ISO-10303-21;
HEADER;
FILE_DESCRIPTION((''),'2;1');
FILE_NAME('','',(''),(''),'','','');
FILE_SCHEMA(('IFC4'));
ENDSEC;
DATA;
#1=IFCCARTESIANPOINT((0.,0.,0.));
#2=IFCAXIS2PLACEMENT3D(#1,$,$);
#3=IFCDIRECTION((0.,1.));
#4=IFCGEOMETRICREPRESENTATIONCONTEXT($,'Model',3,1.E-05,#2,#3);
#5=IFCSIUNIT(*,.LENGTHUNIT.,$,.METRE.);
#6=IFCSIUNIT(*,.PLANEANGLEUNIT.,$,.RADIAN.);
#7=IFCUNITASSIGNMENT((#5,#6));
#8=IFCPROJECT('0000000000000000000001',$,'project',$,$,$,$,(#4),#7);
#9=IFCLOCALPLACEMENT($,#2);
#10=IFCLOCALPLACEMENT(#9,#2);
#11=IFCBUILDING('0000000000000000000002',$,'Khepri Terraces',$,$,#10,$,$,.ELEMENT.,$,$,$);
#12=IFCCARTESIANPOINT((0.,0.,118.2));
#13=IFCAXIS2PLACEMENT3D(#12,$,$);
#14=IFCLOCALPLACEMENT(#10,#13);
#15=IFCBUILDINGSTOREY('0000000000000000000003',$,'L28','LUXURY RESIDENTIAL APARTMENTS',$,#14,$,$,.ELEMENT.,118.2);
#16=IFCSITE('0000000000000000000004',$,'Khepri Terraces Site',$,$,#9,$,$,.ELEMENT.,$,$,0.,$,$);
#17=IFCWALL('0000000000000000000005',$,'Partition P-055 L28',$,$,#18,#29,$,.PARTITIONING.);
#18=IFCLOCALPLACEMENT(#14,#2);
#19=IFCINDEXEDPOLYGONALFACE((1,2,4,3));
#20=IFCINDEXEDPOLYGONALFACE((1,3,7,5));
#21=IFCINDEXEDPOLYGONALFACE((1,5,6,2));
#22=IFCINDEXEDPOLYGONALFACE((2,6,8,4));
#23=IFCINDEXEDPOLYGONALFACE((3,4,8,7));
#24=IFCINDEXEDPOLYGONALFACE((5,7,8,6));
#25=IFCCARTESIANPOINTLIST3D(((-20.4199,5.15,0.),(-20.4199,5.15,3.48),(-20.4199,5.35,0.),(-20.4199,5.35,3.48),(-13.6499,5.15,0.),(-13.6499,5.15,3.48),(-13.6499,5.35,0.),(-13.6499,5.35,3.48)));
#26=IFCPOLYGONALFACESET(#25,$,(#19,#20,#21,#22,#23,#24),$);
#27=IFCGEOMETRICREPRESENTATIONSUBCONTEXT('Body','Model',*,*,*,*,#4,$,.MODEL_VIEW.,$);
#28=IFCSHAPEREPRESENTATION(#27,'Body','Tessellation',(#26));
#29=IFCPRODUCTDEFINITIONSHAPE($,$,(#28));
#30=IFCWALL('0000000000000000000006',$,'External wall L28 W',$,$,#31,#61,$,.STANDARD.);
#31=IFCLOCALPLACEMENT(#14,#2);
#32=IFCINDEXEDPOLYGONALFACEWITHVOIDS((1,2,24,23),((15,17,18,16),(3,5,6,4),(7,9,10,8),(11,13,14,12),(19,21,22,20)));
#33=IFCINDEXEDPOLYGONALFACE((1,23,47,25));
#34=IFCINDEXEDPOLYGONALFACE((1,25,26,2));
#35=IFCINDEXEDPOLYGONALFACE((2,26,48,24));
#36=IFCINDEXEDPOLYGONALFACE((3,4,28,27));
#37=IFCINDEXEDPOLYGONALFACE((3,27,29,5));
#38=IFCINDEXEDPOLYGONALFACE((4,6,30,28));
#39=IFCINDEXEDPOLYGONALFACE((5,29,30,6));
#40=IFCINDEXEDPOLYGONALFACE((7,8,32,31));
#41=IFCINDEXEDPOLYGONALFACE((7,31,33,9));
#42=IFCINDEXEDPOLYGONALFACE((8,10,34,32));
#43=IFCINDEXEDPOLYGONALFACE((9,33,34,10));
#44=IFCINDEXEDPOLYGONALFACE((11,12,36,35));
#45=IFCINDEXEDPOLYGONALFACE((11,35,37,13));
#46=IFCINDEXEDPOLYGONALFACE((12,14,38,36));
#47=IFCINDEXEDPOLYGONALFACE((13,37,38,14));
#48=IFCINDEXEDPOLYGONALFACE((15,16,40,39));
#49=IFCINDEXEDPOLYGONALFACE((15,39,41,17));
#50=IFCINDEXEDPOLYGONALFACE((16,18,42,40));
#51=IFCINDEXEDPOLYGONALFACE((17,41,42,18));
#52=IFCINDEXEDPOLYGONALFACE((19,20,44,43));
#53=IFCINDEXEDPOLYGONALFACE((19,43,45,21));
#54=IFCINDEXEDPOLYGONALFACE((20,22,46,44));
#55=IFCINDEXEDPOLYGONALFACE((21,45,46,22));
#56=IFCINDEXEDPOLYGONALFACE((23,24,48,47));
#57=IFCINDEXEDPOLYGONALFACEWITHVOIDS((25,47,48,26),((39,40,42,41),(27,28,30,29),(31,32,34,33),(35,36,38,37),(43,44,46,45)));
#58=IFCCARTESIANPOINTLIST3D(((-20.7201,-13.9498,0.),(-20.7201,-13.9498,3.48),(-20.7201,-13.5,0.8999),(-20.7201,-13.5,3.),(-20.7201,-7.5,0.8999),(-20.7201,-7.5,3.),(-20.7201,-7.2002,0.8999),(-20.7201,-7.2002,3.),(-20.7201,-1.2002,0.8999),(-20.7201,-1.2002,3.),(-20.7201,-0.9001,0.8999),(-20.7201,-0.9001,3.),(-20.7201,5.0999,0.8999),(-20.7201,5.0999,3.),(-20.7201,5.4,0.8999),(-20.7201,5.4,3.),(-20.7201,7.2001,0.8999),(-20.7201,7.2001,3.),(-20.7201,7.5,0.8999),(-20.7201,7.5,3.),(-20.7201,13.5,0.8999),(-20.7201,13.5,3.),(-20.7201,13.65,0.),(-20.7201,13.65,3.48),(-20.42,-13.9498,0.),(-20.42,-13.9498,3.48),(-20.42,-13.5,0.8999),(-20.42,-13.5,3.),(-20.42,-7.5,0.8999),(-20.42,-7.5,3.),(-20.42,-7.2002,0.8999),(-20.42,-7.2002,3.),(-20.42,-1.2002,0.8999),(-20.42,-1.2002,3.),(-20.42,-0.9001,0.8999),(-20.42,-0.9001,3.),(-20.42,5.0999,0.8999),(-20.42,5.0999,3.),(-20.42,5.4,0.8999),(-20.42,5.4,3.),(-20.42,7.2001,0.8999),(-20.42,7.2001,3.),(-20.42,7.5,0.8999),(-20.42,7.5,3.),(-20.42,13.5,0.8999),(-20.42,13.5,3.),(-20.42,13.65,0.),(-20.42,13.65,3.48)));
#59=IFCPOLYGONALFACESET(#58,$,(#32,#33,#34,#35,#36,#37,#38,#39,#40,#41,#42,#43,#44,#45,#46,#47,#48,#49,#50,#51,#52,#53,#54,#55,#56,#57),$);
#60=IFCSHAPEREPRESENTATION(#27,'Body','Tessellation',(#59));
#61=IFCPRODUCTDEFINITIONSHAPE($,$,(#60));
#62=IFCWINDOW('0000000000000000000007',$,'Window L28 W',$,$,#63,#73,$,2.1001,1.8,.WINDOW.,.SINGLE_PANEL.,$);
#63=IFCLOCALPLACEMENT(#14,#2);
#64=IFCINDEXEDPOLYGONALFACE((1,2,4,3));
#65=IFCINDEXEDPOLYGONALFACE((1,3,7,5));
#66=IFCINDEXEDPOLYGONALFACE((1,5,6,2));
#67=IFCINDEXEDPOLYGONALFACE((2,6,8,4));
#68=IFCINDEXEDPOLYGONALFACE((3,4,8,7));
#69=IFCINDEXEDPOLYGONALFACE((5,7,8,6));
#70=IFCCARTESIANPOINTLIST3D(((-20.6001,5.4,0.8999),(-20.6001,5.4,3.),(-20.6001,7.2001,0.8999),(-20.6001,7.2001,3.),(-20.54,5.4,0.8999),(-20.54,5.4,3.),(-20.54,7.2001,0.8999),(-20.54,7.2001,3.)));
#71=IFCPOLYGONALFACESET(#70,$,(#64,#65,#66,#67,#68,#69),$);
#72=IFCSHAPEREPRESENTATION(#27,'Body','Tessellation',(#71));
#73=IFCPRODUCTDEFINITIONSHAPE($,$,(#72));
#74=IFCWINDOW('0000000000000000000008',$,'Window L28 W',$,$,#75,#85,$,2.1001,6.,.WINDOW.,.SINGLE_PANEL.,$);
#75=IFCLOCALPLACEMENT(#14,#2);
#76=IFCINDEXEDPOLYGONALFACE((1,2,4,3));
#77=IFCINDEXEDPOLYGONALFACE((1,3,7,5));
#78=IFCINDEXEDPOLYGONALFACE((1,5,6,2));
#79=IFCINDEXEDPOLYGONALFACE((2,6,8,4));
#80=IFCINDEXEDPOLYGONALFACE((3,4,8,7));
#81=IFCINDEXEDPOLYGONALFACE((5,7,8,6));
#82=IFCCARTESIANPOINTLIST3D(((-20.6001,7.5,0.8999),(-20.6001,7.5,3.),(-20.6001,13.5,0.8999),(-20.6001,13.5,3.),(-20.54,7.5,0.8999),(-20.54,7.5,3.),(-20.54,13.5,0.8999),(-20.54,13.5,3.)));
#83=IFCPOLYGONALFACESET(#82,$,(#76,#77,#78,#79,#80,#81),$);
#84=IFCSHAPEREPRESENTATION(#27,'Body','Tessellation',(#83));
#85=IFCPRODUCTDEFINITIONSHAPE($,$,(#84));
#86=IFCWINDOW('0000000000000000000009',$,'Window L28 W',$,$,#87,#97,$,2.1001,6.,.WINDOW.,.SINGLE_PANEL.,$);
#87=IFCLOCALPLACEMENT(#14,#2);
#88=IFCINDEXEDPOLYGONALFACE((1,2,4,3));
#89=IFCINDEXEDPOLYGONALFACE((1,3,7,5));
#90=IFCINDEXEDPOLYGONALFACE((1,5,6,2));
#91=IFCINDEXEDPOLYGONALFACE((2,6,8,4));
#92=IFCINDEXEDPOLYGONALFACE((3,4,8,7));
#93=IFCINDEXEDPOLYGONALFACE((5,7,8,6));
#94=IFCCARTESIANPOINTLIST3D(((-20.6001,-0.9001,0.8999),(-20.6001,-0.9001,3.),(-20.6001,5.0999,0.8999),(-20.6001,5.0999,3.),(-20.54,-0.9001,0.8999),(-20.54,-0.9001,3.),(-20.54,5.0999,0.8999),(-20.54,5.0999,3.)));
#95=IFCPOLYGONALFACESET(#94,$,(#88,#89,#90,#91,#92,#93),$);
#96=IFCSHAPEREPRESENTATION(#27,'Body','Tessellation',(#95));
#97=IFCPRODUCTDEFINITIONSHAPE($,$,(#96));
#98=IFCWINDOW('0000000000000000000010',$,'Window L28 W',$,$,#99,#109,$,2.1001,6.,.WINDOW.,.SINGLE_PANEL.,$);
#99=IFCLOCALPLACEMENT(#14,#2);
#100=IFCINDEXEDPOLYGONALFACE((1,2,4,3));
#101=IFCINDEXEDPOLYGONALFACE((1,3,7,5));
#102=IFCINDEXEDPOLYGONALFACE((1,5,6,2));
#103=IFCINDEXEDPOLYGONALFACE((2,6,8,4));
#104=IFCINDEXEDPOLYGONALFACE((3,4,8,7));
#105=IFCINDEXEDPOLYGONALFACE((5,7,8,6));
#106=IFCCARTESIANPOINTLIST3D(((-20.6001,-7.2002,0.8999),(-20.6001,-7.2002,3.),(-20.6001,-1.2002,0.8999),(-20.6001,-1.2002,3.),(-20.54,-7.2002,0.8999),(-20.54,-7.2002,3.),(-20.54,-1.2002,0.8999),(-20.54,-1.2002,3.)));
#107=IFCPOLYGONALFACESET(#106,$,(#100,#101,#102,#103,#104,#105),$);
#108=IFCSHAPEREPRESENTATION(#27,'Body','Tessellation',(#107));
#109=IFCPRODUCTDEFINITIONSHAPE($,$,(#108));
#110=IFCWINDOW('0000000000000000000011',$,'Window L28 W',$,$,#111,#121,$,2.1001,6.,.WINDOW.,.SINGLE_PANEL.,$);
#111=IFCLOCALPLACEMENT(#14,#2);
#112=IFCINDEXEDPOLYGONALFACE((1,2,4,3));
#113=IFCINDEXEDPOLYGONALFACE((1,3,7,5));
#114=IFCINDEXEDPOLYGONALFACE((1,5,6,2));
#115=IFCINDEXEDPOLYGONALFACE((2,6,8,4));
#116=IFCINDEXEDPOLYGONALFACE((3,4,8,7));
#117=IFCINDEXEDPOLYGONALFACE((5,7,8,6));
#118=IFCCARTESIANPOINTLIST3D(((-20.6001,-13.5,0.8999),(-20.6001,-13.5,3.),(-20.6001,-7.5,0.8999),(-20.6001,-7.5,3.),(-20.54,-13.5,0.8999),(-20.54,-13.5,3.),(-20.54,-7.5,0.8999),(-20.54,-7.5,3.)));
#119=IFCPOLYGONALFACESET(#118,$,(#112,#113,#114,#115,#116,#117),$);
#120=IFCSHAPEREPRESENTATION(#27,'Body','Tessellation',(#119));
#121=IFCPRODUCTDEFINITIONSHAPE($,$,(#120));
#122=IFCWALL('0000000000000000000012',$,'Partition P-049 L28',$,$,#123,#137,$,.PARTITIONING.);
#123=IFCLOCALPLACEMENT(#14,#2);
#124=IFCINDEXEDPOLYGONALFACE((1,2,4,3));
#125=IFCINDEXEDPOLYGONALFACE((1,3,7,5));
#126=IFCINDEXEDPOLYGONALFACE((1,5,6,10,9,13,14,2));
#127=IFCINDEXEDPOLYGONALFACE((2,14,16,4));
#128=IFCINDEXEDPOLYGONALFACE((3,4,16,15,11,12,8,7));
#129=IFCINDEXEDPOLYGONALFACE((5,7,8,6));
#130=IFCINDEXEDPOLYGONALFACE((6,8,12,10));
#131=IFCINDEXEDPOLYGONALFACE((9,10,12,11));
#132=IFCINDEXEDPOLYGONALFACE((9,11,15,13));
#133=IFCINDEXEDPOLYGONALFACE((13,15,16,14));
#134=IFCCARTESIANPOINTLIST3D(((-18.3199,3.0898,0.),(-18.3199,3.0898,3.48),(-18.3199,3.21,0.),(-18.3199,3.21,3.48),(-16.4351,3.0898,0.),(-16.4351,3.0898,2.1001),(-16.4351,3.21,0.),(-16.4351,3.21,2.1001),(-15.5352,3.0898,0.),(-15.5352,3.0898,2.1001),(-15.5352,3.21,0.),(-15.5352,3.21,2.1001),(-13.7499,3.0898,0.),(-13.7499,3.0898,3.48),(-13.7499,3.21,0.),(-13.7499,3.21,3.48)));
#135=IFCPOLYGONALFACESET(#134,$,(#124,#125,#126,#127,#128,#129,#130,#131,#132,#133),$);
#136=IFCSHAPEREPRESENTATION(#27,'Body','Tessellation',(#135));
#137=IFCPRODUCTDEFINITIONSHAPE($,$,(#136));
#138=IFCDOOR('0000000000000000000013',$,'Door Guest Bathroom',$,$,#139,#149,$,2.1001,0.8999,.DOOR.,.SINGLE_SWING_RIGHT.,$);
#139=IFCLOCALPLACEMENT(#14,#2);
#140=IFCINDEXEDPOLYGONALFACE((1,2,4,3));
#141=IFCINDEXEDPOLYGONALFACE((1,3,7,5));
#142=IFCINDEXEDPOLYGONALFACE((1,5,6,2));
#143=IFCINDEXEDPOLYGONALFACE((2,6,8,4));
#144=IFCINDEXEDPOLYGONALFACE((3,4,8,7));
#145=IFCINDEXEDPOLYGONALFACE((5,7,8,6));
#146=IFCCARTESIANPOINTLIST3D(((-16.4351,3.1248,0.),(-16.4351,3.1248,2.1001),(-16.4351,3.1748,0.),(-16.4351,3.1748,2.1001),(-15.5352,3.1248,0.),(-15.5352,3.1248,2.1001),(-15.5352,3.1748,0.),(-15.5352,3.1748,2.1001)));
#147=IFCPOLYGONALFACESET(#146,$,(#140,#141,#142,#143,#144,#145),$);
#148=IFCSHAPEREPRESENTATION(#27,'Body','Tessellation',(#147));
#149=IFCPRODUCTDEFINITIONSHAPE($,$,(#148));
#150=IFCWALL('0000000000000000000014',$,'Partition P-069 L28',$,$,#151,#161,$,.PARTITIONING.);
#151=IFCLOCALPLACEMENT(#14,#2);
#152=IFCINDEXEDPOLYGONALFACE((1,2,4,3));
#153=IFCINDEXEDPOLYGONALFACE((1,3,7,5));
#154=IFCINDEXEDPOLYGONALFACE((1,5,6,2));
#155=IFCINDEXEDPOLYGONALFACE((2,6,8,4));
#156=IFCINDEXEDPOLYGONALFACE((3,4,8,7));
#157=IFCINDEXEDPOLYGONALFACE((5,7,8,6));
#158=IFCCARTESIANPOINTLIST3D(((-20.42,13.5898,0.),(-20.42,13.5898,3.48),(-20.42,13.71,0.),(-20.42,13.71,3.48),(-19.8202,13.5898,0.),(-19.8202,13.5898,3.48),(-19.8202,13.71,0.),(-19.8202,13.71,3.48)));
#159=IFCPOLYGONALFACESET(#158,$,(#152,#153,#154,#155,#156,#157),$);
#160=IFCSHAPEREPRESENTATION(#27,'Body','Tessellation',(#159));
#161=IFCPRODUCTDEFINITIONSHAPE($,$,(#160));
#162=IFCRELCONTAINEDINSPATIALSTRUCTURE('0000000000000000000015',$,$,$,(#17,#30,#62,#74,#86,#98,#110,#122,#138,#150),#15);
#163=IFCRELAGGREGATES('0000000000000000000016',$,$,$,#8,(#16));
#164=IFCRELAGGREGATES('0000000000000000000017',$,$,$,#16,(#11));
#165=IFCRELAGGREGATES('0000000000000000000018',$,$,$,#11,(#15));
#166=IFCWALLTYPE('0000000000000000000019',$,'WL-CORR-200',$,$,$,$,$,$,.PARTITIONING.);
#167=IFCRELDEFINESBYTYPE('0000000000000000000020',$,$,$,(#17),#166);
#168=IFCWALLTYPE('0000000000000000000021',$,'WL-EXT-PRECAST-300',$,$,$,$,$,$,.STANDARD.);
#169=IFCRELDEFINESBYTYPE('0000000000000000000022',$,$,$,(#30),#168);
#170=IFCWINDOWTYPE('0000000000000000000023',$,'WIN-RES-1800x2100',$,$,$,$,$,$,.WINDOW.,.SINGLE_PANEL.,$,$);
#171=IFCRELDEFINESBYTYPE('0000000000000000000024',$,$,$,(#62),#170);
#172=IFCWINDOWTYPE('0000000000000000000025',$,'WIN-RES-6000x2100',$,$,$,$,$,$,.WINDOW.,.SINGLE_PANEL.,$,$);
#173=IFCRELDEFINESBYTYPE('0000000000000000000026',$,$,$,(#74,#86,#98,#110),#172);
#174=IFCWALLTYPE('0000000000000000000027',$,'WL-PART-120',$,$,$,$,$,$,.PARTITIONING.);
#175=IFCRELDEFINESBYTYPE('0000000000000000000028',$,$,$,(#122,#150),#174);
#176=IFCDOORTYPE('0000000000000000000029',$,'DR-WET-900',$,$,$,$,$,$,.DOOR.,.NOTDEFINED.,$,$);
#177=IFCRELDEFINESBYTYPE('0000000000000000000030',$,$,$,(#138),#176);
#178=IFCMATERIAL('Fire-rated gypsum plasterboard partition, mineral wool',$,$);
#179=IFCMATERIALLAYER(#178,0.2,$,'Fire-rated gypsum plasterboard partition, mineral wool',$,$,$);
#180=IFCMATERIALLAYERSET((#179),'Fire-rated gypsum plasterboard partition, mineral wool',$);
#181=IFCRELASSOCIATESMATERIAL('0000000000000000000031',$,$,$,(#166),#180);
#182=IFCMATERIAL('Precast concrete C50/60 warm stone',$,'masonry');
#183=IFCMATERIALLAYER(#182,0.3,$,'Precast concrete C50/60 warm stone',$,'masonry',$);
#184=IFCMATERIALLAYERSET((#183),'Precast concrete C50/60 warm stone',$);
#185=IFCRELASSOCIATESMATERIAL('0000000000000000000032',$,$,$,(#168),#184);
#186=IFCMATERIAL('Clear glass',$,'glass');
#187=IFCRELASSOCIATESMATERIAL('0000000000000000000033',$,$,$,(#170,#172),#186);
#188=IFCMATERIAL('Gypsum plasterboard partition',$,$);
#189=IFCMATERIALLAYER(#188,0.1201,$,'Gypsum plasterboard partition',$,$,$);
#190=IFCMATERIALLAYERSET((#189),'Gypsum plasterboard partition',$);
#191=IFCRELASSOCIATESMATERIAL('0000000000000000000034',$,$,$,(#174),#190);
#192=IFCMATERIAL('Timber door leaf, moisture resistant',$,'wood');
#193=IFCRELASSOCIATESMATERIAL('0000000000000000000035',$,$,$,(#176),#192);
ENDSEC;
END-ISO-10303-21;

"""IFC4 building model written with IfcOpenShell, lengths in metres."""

from ifc_helpers import new_model, si_unit, direction, frame, frame_2d, origin, place, context, subcontext, project, spatial, rectangle, extrude, material, layer, layer_set, type_object, element, fill, save


model = new_model("IFC4")

# Units and contexts
model_context = context("Model", 3, precision=1e-05, world=origin(), true_north=direction((0.0, 1.0)))
body_context = subcontext(model_context, "Body", "Model", "MODEL_VIEW")
ifc_project = project(units=[si_unit("LENGTHUNIT", "METRE"), si_unit("PLANEANGLEUNIT", "RADIAN")], contexts=[model_context])

# Site, building, storey
site_placement = place(None, origin())
site = spatial("IfcSite", under=ifc_project, at=site_placement, Name="Khepri Terraces Site", CompositionType="ELEMENT", RefElevation=0.0)
building_placement = place(site_placement, origin())
building = spatial("IfcBuilding", under=site, at=building_placement, Name="Khepri Terraces", CompositionType="ELEMENT")
storey_placement = place(building_placement, frame((0.0, 0.0, 118.2)))
storey = spatial("IfcBuildingStorey", under=building, at=storey_placement, Name="L28", Description="LUXURY RESIDENTIAL APARTMENTS", CompositionType="ELEMENT", Elevation=118.2)

# Wall
ifc_material_1 = material(Name="Fire-rated gypsum plasterboard partition, mineral wool")
ifc_layer_1 = layer(ifc_material_1, 0.2, Name="Fire-rated gypsum plasterboard partition, mineral wool")
ifc_layer_set_1 = layer_set([ifc_layer_1], Name="Fire-rated gypsum plasterboard partition, mineral wool")
wall_type_1 = type_object("IfcWallType", Name="WL-CORR-200", PredefinedType="PARTITIONING", material=ifc_layer_set_1)
wall_1_placement = place(storey_placement, frame((-20.4199, 5.25, 0.0), z_axis=(0.0, 0.0, 1.0), x_axis=(1.0, 0.0, 0.0)))
element("IfcWall", 1, at=wall_1_placement, inside=storey, type_object=wall_type_1, Name="Partition P-055 L28", PredefinedType="PARTITIONING", context=body_context, shape_type="SweptSolid", body=[
    extrude(rectangle(XDim=6.77, YDim=0.2, at=frame_2d((3.385, 0.0))), origin(), (0.0, 0.0, 1.0), 3.48),
])

# Shared definitions
ifc_material_2 = material(Name="Precast concrete C50/60 warm stone", Category="masonry")
ifc_layer_2 = layer(ifc_material_2, 0.3, Name="Precast concrete C50/60 warm stone", Category="masonry")
ifc_layer_set_2 = layer_set([ifc_layer_2], Name="Precast concrete C50/60 warm stone")
wall_type_2 = type_object("IfcWallType", Name="WL-EXT-PRECAST-300", PredefinedType="STANDARD", material=ifc_layer_set_2)

# Wall, openings, windows
wall_2_placement = place(storey_placement, frame((-20.5701, 13.6499, 0.0), z_axis=(0.0, 0.0, 1.0), x_axis=(0.0, -1.0, 0.0)))
wall_2 = element("IfcWall", 2, at=wall_2_placement, inside=storey, type_object=wall_type_2, Name="External wall L28 W", PredefinedType="STANDARD", context=body_context, shape_type="SweptSolid", body=[
    extrude(rectangle(XDim=27.5999, YDim=0.3, at=frame_2d((13.7998, 0.0))), origin(), (0.0, 0.0, 1.0), 3.48),
])
opening_1_placement = place(wall_2_placement, frame((0.1499, 0.0, 0.8999)))
opening_1 = element("IfcOpeningElement", 3, at=opening_1_placement, cuts=wall_2, PredefinedType="OPENING", context=body_context, shape_type="SweptSolid", body=[
    extrude(rectangle(XDim=6.0, YDim=2.1001, at=frame_2d((3.0, 1.05))), frame((0.0, 0.1602, 0.0), z_axis=(0.0, -1.0, 0.0), x_axis=(1.0, 0.0, 0.0)), (0.0, 0.0, 1.0), 0.3201),
])
opening_2_placement = place(wall_2_placement, frame((6.45, 0.0, 0.8999)))
opening_2 = element("IfcOpeningElement", 4, at=opening_2_placement, cuts=wall_2, PredefinedType="OPENING", context=body_context, shape_type="SweptSolid", body=[
    extrude(rectangle(XDim=1.8, YDim=2.1001, at=frame_2d((0.8999, 1.05))), frame((0.0, 0.1602, 0.0), z_axis=(0.0, -1.0, 0.0), x_axis=(1.0, 0.0, 0.0)), (0.0, 0.0, 1.0), 0.3201),
])
opening_3_placement = place(wall_2_placement, frame((8.55, 0.0, 0.8999)))
opening_3 = element("IfcOpeningElement", 5, at=opening_3_placement, cuts=wall_2, PredefinedType="OPENING", context=body_context, shape_type="SweptSolid", body=[
    extrude(rectangle(XDim=6.0, YDim=2.1001, at=frame_2d((3.0, 1.05))), frame((0.0, 0.1602, 0.0), z_axis=(0.0, -1.0, 0.0), x_axis=(1.0, 0.0, 0.0)), (0.0, 0.0, 1.0), 0.3201),
])
opening_4_placement = place(wall_2_placement, frame((14.8501, 0.0, 0.8999)))
opening_4 = element("IfcOpeningElement", 6, at=opening_4_placement, cuts=wall_2, PredefinedType="OPENING", context=body_context, shape_type="SweptSolid", body=[
    extrude(rectangle(XDim=6.0, YDim=2.1001, at=frame_2d((3.0, 1.05))), frame((0.0, 0.1602, 0.0), z_axis=(0.0, -1.0, 0.0), x_axis=(1.0, 0.0, 0.0)), (0.0, 0.0, 1.0), 0.3201),
])
opening_5_placement = place(wall_2_placement, frame((21.1499, 0.0, 0.8999)))
opening_5 = element("IfcOpeningElement", 7, at=opening_5_placement, cuts=wall_2, PredefinedType="OPENING", context=body_context, shape_type="SweptSolid", body=[
    extrude(rectangle(XDim=6.0, YDim=2.1001, at=frame_2d((3.0, 1.05))), frame((0.0, 0.1602, 0.0), z_axis=(0.0, -1.0, 0.0), x_axis=(1.0, 0.0, 0.0)), (0.0, 0.0, 1.0), 0.3201),
])
ifc_material_3 = material(Name="Clear glass", Category="glass")
window_type_1 = type_object("IfcWindowType", Name="WIN-RES-1800x2100", PartitioningType="SINGLE_PANEL", PredefinedType="WINDOW", material=ifc_material_3)
window_1_placement = place(opening_2_placement, origin())
window_1 = element("IfcWindow", 8, at=window_1_placement, inside=storey, type_object=window_type_1, Name="Window L28 W", OverallHeight=2.1001, OverallWidth=1.8, PartitioningType="SINGLE_PANEL", PredefinedType="WINDOW", context=body_context, shape_type="SweptSolid", body=[
    extrude(rectangle(XDim=1.8, YDim=2.1001, at=frame_2d((0.8999, 1.05))), frame((0.0, 0.03, 0.0), z_axis=(0.0, -1.0, 0.0), x_axis=(1.0, 0.0, 0.0)), (0.0, 0.0, 1.0), 0.0601),
])
fill(opening_2, window_1)
window_type_2 = type_object("IfcWindowType", Name="WIN-RES-6000x2100", PartitioningType="SINGLE_PANEL", PredefinedType="WINDOW", material=ifc_material_3)
window_2_placement = place(opening_1_placement, origin())
window_2 = element("IfcWindow", 9, at=window_2_placement, inside=storey, type_object=window_type_2, Name="Window L28 W", OverallHeight=2.1001, OverallWidth=6.0, PartitioningType="SINGLE_PANEL", PredefinedType="WINDOW", context=body_context, shape_type="SweptSolid", body=[
    extrude(rectangle(XDim=6.0, YDim=2.1001, at=frame_2d((3.0, 1.05))), frame((0.0, 0.03, 0.0), z_axis=(0.0, -1.0, 0.0), x_axis=(1.0, 0.0, 0.0)), (0.0, 0.0, 1.0), 0.0601),
])
fill(opening_1, window_2)
window_3_placement = place(opening_3_placement, origin())
window_3 = element("IfcWindow", 10, at=window_3_placement, inside=storey, type_object=window_type_2, Name="Window L28 W", OverallHeight=2.1001, OverallWidth=6.0, PartitioningType="SINGLE_PANEL", PredefinedType="WINDOW", context=body_context, shape_type="SweptSolid", body=[
    extrude(rectangle(XDim=6.0, YDim=2.1001, at=frame_2d((3.0, 1.05))), frame((0.0, 0.03, 0.0), z_axis=(0.0, -1.0, 0.0), x_axis=(1.0, 0.0, 0.0)), (0.0, 0.0, 1.0), 0.0601),
])
fill(opening_3, window_3)
window_4_placement = place(opening_4_placement, origin())
window_4 = element("IfcWindow", 11, at=window_4_placement, inside=storey, type_object=window_type_2, Name="Window L28 W", OverallHeight=2.1001, OverallWidth=6.0, PartitioningType="SINGLE_PANEL", PredefinedType="WINDOW", context=body_context, shape_type="SweptSolid", body=[
    extrude(rectangle(XDim=6.0, YDim=2.1001, at=frame_2d((3.0, 1.05))), frame((0.0, 0.03, 0.0), z_axis=(0.0, -1.0, 0.0), x_axis=(1.0, 0.0, 0.0)), (0.0, 0.0, 1.0), 0.0601),
])
fill(opening_4, window_4)
window_5_placement = place(opening_5_placement, origin())
window_5 = element("IfcWindow", 12, at=window_5_placement, inside=storey, type_object=window_type_2, Name="Window L28 W", OverallHeight=2.1001, OverallWidth=6.0, PartitioningType="SINGLE_PANEL", PredefinedType="WINDOW", context=body_context, shape_type="SweptSolid", body=[
    extrude(rectangle(XDim=6.0, YDim=2.1001, at=frame_2d((3.0, 1.05))), frame((0.0, 0.03, 0.0), z_axis=(0.0, -1.0, 0.0), x_axis=(1.0, 0.0, 0.0)), (0.0, 0.0, 1.0), 0.0601),
])
fill(opening_5, window_5)

# Wall, opening, door
ifc_material_4 = material(Name="Gypsum plasterboard partition")
ifc_layer_3 = layer(ifc_material_4, 0.1201, Name="Gypsum plasterboard partition")
ifc_layer_set_3 = layer_set([ifc_layer_3], Name="Gypsum plasterboard partition")
wall_type_3 = type_object("IfcWallType", Name="WL-PART-120", PredefinedType="PARTITIONING", material=ifc_layer_set_3)
wall_3_placement = place(storey_placement, frame((-18.3201, 3.1499, 0.0), z_axis=(0.0, 0.0, 1.0), x_axis=(1.0, 0.0, 0.0)))
wall_3 = element("IfcWall", 13, at=wall_3_placement, inside=storey, type_object=wall_type_3, Name="Partition P-049 L28", PredefinedType="PARTITIONING", context=body_context, shape_type="SweptSolid", body=[
    extrude(rectangle(XDim=4.5701, YDim=0.1201, at=frame_2d((2.2852, 0.0))), origin(), (0.0, 0.0, 1.0), 3.48),
])
opening_6_placement = place(wall_3_placement, frame((1.885, 0.0, 0.0)))
opening_6 = element("IfcOpeningElement", 14, at=opening_6_placement, cuts=wall_3, PredefinedType="OPENING", context=body_context, shape_type="SweptSolid", body=[
    extrude(rectangle(XDim=0.8999, YDim=2.1001, at=frame_2d((0.45, 1.05))), frame((0.0, 0.0701, 0.0), z_axis=(0.0, -1.0, 0.0), x_axis=(1.0, 0.0, 0.0)), (0.0, 0.0, 1.0), 0.1401),
])
ifc_material_5 = material(Name="Timber door leaf, moisture resistant", Category="wood")
door_type_1 = type_object("IfcDoorType", Name="DR-WET-900", OperationType="NOTDEFINED", PredefinedType="DOOR", material=ifc_material_5)
door_1_placement = place(opening_6_placement, origin())
door_1 = element("IfcDoor", 15, at=door_1_placement, inside=storey, type_object=door_type_1, Name="Door Guest Bathroom", OperationType="SINGLE_SWING_RIGHT", OverallHeight=2.1001, OverallWidth=0.8999, PredefinedType="DOOR", context=body_context, shape_type="SweptSolid", body=[
    extrude(rectangle(XDim=0.8999, YDim=2.1001, at=frame_2d((0.45, 1.05))), frame((0.0, 0.0249, 0.0), z_axis=(0.0, -1.0, 0.0), x_axis=(1.0, 0.0, 0.0)), (0.0, 0.0, 1.0), 0.05),
])
fill(opening_6, door_1)

# Wall
wall_4_placement = place(storey_placement, frame((-20.4199, 13.6499, 0.0), z_axis=(0.0, 0.0, 1.0), x_axis=(1.0, 0.0, 0.0)))
element("IfcWall", 16, at=wall_4_placement, inside=storey, type_object=wall_type_3, Name="Partition P-069 L28", PredefinedType="PARTITIONING", context=body_context, shape_type="SweptSolid", body=[
    extrude(rectangle(XDim=0.5999, YDim=0.1201, at=frame_2d((0.2998, 0.0))), origin(), (0.0, 0.0, 1.0), 3.48),
])

save(model, "model.ifc")
